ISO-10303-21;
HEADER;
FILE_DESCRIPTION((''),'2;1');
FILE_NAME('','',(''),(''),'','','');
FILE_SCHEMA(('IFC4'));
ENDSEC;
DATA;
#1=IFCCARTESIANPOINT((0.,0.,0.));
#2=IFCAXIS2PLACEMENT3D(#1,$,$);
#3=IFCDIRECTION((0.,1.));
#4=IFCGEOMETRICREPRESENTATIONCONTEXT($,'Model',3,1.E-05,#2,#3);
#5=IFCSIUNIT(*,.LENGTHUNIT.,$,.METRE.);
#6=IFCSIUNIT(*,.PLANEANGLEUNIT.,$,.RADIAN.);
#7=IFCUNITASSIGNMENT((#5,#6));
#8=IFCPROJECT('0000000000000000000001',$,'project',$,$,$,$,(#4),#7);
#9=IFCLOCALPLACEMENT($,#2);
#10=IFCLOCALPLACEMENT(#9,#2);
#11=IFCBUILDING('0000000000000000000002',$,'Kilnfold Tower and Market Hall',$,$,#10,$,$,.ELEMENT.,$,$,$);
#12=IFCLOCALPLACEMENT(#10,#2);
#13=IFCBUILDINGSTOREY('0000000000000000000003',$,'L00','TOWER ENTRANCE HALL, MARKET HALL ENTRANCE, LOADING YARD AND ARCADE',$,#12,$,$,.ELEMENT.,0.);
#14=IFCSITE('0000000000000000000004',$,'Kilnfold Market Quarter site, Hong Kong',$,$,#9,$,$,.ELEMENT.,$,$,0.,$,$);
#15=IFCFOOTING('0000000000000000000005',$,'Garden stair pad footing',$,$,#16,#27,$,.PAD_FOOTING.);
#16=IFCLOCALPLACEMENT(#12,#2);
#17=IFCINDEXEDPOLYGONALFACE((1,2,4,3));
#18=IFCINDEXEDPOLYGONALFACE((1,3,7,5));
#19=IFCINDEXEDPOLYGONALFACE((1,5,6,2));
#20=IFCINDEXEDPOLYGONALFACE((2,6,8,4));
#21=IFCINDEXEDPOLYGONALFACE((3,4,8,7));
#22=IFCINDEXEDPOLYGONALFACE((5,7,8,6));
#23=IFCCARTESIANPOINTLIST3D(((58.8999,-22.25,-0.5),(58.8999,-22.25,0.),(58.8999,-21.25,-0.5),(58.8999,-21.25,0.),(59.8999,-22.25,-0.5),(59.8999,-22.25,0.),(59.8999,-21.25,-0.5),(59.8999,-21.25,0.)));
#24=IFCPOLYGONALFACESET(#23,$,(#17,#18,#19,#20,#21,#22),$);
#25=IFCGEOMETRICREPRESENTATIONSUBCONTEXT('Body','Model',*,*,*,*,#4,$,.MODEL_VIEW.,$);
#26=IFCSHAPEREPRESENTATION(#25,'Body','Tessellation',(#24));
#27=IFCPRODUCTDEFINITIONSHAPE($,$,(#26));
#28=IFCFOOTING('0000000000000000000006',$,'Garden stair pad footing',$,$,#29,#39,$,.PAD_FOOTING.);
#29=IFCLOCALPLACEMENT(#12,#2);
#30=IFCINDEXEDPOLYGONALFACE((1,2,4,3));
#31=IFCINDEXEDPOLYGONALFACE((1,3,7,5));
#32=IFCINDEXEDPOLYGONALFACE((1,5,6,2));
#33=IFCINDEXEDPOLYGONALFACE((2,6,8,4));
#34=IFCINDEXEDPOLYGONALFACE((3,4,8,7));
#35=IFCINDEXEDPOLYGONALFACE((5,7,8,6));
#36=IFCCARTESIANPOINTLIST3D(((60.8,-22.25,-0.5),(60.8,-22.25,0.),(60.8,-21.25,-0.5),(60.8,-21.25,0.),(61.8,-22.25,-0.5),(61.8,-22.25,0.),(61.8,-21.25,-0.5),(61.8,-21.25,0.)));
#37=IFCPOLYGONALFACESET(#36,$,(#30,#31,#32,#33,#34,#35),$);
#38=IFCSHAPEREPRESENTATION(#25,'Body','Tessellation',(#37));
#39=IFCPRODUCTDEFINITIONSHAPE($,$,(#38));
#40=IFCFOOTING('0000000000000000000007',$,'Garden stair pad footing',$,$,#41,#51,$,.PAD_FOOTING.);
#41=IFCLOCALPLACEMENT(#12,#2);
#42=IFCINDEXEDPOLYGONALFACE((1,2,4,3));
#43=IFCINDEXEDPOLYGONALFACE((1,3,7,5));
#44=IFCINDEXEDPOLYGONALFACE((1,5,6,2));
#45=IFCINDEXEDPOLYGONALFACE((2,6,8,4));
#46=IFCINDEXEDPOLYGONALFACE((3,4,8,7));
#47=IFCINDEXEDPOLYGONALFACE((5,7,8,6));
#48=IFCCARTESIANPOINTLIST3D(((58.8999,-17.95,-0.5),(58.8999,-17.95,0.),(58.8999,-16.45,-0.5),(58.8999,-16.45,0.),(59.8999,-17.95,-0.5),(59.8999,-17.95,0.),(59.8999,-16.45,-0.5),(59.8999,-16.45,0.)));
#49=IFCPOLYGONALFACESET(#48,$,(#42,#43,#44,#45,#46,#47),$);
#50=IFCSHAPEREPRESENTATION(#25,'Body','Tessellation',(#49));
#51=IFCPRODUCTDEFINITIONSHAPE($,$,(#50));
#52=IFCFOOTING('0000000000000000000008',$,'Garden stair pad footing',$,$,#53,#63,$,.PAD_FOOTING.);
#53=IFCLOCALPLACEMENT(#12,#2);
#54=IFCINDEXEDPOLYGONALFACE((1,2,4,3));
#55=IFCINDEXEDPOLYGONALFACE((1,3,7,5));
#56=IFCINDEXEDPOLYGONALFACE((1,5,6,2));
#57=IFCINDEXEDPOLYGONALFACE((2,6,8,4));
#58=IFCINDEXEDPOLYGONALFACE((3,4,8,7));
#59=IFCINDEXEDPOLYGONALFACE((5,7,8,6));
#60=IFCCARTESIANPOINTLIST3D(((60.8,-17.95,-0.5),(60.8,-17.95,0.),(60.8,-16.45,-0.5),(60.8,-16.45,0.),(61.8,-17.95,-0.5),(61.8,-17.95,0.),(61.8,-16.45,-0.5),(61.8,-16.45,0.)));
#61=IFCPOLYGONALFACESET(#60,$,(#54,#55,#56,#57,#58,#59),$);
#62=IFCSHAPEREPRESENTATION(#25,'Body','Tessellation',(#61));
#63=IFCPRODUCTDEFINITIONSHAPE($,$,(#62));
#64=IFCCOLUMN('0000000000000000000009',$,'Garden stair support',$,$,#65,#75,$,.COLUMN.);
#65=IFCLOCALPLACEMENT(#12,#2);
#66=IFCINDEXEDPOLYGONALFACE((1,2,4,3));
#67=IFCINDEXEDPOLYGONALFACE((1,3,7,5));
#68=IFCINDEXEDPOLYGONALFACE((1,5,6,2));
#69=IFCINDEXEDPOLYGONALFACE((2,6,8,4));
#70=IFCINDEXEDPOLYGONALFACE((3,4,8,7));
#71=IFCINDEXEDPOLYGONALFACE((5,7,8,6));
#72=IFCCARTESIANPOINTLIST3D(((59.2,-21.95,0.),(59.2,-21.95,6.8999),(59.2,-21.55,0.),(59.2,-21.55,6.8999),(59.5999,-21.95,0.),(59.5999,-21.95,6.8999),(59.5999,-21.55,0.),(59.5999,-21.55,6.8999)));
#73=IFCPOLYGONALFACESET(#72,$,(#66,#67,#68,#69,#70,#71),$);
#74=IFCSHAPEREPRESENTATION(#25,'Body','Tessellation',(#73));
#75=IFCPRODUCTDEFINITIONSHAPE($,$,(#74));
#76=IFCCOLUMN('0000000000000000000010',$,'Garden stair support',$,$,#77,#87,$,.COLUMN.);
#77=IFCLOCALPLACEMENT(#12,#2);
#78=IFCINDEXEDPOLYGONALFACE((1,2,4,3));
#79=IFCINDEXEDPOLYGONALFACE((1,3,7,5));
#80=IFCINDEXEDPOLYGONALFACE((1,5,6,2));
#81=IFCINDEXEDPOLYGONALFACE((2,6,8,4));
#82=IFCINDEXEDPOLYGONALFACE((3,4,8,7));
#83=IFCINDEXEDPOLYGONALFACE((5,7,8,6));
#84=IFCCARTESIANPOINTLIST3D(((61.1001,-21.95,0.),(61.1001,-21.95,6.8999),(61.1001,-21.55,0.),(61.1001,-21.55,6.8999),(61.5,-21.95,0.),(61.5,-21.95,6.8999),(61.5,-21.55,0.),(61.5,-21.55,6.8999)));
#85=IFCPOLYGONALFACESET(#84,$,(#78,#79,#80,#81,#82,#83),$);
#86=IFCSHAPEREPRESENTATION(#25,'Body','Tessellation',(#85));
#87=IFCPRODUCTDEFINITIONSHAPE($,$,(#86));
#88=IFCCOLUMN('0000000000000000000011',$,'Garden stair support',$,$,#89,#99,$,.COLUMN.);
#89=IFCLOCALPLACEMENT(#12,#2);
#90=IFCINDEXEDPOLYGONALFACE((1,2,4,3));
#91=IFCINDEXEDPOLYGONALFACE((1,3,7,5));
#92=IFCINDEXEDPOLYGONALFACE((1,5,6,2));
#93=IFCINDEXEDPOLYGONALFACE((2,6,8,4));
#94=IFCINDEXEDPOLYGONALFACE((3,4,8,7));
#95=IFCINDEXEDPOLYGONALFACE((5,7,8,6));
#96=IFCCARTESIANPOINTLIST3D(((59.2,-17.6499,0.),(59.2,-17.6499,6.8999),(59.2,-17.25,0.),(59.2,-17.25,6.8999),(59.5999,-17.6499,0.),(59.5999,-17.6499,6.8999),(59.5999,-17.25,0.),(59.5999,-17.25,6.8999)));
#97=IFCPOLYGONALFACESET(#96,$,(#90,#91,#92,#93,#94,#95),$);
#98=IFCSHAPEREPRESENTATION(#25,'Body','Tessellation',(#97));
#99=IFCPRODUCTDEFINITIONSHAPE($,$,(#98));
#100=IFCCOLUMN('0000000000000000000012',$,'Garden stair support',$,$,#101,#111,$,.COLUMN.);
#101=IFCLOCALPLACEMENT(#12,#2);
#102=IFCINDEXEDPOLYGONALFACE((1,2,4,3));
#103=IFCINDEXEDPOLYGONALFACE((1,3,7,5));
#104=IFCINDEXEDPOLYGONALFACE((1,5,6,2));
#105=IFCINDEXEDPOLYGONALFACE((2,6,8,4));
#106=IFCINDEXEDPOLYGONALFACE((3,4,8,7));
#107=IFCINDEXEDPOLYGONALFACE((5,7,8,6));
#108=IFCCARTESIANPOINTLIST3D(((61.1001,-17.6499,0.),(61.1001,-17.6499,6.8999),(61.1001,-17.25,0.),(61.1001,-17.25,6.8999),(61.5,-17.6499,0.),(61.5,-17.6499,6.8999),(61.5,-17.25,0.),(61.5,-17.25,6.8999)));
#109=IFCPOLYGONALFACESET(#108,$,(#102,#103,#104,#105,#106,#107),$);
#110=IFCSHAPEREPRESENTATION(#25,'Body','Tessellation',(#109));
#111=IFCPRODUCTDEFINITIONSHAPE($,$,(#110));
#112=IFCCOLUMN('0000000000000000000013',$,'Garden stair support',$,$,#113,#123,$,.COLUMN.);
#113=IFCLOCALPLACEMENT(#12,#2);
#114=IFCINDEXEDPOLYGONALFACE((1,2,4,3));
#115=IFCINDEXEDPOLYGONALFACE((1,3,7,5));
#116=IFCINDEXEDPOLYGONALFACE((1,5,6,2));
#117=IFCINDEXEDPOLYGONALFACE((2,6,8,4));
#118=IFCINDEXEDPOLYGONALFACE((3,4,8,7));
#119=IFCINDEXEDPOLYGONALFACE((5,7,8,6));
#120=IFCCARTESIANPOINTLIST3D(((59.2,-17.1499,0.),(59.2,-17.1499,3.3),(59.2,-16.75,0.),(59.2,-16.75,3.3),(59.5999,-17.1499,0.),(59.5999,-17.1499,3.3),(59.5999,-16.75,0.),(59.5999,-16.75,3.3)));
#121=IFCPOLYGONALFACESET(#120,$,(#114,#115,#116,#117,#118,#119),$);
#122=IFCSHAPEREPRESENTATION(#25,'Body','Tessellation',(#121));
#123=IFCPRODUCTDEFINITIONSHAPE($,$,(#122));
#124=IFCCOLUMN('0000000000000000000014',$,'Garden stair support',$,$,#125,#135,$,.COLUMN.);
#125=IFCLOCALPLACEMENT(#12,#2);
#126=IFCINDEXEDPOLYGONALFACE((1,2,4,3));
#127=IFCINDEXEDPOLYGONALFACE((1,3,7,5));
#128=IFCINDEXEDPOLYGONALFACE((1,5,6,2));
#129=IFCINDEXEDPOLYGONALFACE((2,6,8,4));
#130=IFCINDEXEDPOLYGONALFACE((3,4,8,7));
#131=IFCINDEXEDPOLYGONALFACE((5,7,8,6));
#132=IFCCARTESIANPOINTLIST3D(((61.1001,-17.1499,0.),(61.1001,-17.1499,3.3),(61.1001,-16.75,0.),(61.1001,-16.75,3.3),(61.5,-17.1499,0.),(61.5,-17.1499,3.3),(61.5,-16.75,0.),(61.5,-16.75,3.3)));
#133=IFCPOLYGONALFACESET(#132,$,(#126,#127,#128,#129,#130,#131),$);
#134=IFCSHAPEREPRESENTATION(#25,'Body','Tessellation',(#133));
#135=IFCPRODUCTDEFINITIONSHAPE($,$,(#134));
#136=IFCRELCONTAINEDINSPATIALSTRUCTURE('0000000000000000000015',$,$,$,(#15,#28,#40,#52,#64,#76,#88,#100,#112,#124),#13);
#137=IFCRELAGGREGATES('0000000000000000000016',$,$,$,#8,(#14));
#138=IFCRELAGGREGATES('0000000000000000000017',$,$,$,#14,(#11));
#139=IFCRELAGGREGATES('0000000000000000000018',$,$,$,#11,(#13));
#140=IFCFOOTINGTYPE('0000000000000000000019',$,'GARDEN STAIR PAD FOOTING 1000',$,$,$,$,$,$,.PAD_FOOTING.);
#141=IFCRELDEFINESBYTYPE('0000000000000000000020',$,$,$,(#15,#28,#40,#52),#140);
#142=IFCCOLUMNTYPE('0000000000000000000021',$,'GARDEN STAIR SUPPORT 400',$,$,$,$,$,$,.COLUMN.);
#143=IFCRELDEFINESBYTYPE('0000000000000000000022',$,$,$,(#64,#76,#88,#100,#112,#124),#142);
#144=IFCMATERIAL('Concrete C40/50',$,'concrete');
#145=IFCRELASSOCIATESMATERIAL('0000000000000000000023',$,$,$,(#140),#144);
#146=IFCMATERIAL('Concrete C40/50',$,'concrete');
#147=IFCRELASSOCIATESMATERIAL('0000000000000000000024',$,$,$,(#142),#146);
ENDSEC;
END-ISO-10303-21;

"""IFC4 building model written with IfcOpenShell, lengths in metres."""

from ifc_helpers import new_model, si_unit, direction, frame, origin, origin_2d, place, context, subcontext, project, spatial, rectangle, extrude, source, transform, mapped, material, material_profile, profile_set, type_object, element, save


model = new_model("IFC4")

# Units and contexts
model_context = context("Model", 3, precision=1e-05, world=origin(), true_north=direction((0.0, 1.0)))
body_context = subcontext(model_context, "Body", "Model", "MODEL_VIEW")
ifc_project = project(units=[si_unit("LENGTHUNIT", "METRE"), si_unit("PLANEANGLEUNIT", "RADIAN")], contexts=[model_context])

# Site, building, storey
site_placement = place(None, origin())
site = spatial("IfcSite", under=ifc_project, at=site_placement, Name="Kilnfold Market Quarter site, Hong Kong", CompositionType="ELEMENT", RefElevation=0.0)
building_placement = place(site_placement, origin())
building = spatial("IfcBuilding", under=site, at=building_placement, Name="Kilnfold Tower and Market Hall", CompositionType="ELEMENT")
storey_placement = place(building_placement, origin())
storey = spatial("IfcBuildingStorey", under=building, at=storey_placement, Name="L00", Description="TOWER ENTRANCE HALL, MARKET HALL ENTRANCE, LOADING YARD AND ARCADE", CompositionType="ELEMENT", Elevation=0.0)

# Footings
ifc_material_1 = material(Name="Concrete C40/50", Category="concrete")
footing_type = type_object("IfcFootingType", Name="GARDEN STAIR PAD FOOTING 1000", PredefinedType="PAD_FOOTING", material=ifc_material_1)
shared_shape_1 = source(origin(), body_context, "Body", "SweptSolid", [
    extrude(rectangle(XDim=1.0, YDim=1.0, at=origin_2d()), origin(), (0.0, 0.0, 1.0), 0.5),
])
for number, where, z_axis, x_axis, name in (
    (1, (59.3999, -21.75, -0.5), (0.0, 0.0, 1.0), (1.0, 0.0, 0.0), "Garden stair pad footing"),
    (2, (61.3, -21.75, -0.5), (0.0, 0.0, 1.0), (1.0, 0.0, 0.0), "Garden stair pad footing"),
):
    element("IfcFooting", number, at=place(storey_placement, frame(where, z_axis=z_axis, x_axis=x_axis)), inside=storey, type_object=footing_type, Name=name, PredefinedType="PAD_FOOTING", context=body_context, shape_type="MappedRepresentation", body=[
        mapped(shared_shape_1, transform((0.0, 0.0, 0.0))),
    ])
shared_shape_2 = source(origin(), body_context, "Body", "SweptSolid", [
    extrude(rectangle(XDim=1.0, YDim=1.5, at=origin_2d()), origin(), (0.0, 0.0, 1.0), 0.5),
])
for number, where, z_axis, x_axis, name in (
    (3, (59.3999, -17.2, -0.5), (0.0, 0.0, 1.0), (1.0, 0.0, 0.0), "Garden stair pad footing"),
    (4, (61.3, -17.2, -0.5), (0.0, 0.0, 1.0), (1.0, 0.0, 0.0), "Garden stair pad footing"),
):
    element("IfcFooting", number, at=place(storey_placement, frame(where, z_axis=z_axis, x_axis=x_axis)), inside=storey, type_object=footing_type, Name=name, PredefinedType="PAD_FOOTING", context=body_context, shape_type="MappedRepresentation", body=[
        mapped(shared_shape_2, transform((0.0, 0.0, 0.0))),
    ])

# Columns
ifc_material_2 = material(Name="Concrete C40/50", Category="concrete")
ifc_material_profile = material_profile(ifc_material_2, rectangle(XDim=0.3999, YDim=0.3999, at=origin_2d()), Name="RC 400x400")
ifc_profile_set = profile_set([ifc_material_profile], Name="Concrete C40/50")
column_type = type_object("IfcColumnType", Name="GARDEN STAIR SUPPORT 400", PredefinedType="COLUMN", material=ifc_profile_set)
shared_shape_3 = source(origin(), body_context, "Body", "SweptSolid", [
    extrude(rectangle(XDim=0.3999, YDim=0.3999, at=origin_2d()), origin(), (0.0, 0.0, 1.0), 6.8999),
])
for number, where, z_axis, x_axis, name in (
    (5, (59.3999, -21.75, 0.0), (0.0, 0.0, 1.0), (1.0, 0.0, 0.0), "Garden stair support"),
    (6, (61.3, -21.75, 0.0), (0.0, 0.0, 1.0), (1.0, 0.0, 0.0), "Garden stair support"),
    (7, (59.3999, -17.45, 0.0), (0.0, 0.0, 1.0), (1.0, 0.0, 0.0), "Garden stair support"),
    (8, (61.3, -17.45, 0.0), (0.0, 0.0, 1.0), (1.0, 0.0, 0.0), "Garden stair support"),
):
    element("IfcColumn", number, at=place(storey_placement, frame(where, z_axis=z_axis, x_axis=x_axis)), inside=storey, type_object=column_type, Name=name, PredefinedType="COLUMN", context=body_context, shape_type="MappedRepresentation", body=[
        mapped(shared_shape_3, transform((0.0, 0.0, 0.0))),
    ])
shared_shape_4 = source(origin(), body_context, "Body", "SweptSolid", [
    extrude(rectangle(XDim=0.3999, YDim=0.3999, at=origin_2d()), origin(), (0.0, 0.0, 1.0), 3.3),
])
for number, where, z_axis, x_axis, name in (
    (9, (59.3999, -16.95, 0.0), (0.0, 0.0, 1.0), (1.0, 0.0, 0.0), "Garden stair support"),
    (10, (61.3, -16.95, 0.0), (0.0, 0.0, 1.0), (1.0, 0.0, 0.0), "Garden stair support"),
):
    element("IfcColumn", number, at=place(storey_placement, frame(where, z_axis=z_axis, x_axis=x_axis)), inside=storey, type_object=column_type, Name=name, PredefinedType="COLUMN", context=body_context, shape_type="MappedRepresentation", body=[
        mapped(shared_shape_4, transform((0.0, 0.0, 0.0))),
    ])

save(model, "model.ifc")
